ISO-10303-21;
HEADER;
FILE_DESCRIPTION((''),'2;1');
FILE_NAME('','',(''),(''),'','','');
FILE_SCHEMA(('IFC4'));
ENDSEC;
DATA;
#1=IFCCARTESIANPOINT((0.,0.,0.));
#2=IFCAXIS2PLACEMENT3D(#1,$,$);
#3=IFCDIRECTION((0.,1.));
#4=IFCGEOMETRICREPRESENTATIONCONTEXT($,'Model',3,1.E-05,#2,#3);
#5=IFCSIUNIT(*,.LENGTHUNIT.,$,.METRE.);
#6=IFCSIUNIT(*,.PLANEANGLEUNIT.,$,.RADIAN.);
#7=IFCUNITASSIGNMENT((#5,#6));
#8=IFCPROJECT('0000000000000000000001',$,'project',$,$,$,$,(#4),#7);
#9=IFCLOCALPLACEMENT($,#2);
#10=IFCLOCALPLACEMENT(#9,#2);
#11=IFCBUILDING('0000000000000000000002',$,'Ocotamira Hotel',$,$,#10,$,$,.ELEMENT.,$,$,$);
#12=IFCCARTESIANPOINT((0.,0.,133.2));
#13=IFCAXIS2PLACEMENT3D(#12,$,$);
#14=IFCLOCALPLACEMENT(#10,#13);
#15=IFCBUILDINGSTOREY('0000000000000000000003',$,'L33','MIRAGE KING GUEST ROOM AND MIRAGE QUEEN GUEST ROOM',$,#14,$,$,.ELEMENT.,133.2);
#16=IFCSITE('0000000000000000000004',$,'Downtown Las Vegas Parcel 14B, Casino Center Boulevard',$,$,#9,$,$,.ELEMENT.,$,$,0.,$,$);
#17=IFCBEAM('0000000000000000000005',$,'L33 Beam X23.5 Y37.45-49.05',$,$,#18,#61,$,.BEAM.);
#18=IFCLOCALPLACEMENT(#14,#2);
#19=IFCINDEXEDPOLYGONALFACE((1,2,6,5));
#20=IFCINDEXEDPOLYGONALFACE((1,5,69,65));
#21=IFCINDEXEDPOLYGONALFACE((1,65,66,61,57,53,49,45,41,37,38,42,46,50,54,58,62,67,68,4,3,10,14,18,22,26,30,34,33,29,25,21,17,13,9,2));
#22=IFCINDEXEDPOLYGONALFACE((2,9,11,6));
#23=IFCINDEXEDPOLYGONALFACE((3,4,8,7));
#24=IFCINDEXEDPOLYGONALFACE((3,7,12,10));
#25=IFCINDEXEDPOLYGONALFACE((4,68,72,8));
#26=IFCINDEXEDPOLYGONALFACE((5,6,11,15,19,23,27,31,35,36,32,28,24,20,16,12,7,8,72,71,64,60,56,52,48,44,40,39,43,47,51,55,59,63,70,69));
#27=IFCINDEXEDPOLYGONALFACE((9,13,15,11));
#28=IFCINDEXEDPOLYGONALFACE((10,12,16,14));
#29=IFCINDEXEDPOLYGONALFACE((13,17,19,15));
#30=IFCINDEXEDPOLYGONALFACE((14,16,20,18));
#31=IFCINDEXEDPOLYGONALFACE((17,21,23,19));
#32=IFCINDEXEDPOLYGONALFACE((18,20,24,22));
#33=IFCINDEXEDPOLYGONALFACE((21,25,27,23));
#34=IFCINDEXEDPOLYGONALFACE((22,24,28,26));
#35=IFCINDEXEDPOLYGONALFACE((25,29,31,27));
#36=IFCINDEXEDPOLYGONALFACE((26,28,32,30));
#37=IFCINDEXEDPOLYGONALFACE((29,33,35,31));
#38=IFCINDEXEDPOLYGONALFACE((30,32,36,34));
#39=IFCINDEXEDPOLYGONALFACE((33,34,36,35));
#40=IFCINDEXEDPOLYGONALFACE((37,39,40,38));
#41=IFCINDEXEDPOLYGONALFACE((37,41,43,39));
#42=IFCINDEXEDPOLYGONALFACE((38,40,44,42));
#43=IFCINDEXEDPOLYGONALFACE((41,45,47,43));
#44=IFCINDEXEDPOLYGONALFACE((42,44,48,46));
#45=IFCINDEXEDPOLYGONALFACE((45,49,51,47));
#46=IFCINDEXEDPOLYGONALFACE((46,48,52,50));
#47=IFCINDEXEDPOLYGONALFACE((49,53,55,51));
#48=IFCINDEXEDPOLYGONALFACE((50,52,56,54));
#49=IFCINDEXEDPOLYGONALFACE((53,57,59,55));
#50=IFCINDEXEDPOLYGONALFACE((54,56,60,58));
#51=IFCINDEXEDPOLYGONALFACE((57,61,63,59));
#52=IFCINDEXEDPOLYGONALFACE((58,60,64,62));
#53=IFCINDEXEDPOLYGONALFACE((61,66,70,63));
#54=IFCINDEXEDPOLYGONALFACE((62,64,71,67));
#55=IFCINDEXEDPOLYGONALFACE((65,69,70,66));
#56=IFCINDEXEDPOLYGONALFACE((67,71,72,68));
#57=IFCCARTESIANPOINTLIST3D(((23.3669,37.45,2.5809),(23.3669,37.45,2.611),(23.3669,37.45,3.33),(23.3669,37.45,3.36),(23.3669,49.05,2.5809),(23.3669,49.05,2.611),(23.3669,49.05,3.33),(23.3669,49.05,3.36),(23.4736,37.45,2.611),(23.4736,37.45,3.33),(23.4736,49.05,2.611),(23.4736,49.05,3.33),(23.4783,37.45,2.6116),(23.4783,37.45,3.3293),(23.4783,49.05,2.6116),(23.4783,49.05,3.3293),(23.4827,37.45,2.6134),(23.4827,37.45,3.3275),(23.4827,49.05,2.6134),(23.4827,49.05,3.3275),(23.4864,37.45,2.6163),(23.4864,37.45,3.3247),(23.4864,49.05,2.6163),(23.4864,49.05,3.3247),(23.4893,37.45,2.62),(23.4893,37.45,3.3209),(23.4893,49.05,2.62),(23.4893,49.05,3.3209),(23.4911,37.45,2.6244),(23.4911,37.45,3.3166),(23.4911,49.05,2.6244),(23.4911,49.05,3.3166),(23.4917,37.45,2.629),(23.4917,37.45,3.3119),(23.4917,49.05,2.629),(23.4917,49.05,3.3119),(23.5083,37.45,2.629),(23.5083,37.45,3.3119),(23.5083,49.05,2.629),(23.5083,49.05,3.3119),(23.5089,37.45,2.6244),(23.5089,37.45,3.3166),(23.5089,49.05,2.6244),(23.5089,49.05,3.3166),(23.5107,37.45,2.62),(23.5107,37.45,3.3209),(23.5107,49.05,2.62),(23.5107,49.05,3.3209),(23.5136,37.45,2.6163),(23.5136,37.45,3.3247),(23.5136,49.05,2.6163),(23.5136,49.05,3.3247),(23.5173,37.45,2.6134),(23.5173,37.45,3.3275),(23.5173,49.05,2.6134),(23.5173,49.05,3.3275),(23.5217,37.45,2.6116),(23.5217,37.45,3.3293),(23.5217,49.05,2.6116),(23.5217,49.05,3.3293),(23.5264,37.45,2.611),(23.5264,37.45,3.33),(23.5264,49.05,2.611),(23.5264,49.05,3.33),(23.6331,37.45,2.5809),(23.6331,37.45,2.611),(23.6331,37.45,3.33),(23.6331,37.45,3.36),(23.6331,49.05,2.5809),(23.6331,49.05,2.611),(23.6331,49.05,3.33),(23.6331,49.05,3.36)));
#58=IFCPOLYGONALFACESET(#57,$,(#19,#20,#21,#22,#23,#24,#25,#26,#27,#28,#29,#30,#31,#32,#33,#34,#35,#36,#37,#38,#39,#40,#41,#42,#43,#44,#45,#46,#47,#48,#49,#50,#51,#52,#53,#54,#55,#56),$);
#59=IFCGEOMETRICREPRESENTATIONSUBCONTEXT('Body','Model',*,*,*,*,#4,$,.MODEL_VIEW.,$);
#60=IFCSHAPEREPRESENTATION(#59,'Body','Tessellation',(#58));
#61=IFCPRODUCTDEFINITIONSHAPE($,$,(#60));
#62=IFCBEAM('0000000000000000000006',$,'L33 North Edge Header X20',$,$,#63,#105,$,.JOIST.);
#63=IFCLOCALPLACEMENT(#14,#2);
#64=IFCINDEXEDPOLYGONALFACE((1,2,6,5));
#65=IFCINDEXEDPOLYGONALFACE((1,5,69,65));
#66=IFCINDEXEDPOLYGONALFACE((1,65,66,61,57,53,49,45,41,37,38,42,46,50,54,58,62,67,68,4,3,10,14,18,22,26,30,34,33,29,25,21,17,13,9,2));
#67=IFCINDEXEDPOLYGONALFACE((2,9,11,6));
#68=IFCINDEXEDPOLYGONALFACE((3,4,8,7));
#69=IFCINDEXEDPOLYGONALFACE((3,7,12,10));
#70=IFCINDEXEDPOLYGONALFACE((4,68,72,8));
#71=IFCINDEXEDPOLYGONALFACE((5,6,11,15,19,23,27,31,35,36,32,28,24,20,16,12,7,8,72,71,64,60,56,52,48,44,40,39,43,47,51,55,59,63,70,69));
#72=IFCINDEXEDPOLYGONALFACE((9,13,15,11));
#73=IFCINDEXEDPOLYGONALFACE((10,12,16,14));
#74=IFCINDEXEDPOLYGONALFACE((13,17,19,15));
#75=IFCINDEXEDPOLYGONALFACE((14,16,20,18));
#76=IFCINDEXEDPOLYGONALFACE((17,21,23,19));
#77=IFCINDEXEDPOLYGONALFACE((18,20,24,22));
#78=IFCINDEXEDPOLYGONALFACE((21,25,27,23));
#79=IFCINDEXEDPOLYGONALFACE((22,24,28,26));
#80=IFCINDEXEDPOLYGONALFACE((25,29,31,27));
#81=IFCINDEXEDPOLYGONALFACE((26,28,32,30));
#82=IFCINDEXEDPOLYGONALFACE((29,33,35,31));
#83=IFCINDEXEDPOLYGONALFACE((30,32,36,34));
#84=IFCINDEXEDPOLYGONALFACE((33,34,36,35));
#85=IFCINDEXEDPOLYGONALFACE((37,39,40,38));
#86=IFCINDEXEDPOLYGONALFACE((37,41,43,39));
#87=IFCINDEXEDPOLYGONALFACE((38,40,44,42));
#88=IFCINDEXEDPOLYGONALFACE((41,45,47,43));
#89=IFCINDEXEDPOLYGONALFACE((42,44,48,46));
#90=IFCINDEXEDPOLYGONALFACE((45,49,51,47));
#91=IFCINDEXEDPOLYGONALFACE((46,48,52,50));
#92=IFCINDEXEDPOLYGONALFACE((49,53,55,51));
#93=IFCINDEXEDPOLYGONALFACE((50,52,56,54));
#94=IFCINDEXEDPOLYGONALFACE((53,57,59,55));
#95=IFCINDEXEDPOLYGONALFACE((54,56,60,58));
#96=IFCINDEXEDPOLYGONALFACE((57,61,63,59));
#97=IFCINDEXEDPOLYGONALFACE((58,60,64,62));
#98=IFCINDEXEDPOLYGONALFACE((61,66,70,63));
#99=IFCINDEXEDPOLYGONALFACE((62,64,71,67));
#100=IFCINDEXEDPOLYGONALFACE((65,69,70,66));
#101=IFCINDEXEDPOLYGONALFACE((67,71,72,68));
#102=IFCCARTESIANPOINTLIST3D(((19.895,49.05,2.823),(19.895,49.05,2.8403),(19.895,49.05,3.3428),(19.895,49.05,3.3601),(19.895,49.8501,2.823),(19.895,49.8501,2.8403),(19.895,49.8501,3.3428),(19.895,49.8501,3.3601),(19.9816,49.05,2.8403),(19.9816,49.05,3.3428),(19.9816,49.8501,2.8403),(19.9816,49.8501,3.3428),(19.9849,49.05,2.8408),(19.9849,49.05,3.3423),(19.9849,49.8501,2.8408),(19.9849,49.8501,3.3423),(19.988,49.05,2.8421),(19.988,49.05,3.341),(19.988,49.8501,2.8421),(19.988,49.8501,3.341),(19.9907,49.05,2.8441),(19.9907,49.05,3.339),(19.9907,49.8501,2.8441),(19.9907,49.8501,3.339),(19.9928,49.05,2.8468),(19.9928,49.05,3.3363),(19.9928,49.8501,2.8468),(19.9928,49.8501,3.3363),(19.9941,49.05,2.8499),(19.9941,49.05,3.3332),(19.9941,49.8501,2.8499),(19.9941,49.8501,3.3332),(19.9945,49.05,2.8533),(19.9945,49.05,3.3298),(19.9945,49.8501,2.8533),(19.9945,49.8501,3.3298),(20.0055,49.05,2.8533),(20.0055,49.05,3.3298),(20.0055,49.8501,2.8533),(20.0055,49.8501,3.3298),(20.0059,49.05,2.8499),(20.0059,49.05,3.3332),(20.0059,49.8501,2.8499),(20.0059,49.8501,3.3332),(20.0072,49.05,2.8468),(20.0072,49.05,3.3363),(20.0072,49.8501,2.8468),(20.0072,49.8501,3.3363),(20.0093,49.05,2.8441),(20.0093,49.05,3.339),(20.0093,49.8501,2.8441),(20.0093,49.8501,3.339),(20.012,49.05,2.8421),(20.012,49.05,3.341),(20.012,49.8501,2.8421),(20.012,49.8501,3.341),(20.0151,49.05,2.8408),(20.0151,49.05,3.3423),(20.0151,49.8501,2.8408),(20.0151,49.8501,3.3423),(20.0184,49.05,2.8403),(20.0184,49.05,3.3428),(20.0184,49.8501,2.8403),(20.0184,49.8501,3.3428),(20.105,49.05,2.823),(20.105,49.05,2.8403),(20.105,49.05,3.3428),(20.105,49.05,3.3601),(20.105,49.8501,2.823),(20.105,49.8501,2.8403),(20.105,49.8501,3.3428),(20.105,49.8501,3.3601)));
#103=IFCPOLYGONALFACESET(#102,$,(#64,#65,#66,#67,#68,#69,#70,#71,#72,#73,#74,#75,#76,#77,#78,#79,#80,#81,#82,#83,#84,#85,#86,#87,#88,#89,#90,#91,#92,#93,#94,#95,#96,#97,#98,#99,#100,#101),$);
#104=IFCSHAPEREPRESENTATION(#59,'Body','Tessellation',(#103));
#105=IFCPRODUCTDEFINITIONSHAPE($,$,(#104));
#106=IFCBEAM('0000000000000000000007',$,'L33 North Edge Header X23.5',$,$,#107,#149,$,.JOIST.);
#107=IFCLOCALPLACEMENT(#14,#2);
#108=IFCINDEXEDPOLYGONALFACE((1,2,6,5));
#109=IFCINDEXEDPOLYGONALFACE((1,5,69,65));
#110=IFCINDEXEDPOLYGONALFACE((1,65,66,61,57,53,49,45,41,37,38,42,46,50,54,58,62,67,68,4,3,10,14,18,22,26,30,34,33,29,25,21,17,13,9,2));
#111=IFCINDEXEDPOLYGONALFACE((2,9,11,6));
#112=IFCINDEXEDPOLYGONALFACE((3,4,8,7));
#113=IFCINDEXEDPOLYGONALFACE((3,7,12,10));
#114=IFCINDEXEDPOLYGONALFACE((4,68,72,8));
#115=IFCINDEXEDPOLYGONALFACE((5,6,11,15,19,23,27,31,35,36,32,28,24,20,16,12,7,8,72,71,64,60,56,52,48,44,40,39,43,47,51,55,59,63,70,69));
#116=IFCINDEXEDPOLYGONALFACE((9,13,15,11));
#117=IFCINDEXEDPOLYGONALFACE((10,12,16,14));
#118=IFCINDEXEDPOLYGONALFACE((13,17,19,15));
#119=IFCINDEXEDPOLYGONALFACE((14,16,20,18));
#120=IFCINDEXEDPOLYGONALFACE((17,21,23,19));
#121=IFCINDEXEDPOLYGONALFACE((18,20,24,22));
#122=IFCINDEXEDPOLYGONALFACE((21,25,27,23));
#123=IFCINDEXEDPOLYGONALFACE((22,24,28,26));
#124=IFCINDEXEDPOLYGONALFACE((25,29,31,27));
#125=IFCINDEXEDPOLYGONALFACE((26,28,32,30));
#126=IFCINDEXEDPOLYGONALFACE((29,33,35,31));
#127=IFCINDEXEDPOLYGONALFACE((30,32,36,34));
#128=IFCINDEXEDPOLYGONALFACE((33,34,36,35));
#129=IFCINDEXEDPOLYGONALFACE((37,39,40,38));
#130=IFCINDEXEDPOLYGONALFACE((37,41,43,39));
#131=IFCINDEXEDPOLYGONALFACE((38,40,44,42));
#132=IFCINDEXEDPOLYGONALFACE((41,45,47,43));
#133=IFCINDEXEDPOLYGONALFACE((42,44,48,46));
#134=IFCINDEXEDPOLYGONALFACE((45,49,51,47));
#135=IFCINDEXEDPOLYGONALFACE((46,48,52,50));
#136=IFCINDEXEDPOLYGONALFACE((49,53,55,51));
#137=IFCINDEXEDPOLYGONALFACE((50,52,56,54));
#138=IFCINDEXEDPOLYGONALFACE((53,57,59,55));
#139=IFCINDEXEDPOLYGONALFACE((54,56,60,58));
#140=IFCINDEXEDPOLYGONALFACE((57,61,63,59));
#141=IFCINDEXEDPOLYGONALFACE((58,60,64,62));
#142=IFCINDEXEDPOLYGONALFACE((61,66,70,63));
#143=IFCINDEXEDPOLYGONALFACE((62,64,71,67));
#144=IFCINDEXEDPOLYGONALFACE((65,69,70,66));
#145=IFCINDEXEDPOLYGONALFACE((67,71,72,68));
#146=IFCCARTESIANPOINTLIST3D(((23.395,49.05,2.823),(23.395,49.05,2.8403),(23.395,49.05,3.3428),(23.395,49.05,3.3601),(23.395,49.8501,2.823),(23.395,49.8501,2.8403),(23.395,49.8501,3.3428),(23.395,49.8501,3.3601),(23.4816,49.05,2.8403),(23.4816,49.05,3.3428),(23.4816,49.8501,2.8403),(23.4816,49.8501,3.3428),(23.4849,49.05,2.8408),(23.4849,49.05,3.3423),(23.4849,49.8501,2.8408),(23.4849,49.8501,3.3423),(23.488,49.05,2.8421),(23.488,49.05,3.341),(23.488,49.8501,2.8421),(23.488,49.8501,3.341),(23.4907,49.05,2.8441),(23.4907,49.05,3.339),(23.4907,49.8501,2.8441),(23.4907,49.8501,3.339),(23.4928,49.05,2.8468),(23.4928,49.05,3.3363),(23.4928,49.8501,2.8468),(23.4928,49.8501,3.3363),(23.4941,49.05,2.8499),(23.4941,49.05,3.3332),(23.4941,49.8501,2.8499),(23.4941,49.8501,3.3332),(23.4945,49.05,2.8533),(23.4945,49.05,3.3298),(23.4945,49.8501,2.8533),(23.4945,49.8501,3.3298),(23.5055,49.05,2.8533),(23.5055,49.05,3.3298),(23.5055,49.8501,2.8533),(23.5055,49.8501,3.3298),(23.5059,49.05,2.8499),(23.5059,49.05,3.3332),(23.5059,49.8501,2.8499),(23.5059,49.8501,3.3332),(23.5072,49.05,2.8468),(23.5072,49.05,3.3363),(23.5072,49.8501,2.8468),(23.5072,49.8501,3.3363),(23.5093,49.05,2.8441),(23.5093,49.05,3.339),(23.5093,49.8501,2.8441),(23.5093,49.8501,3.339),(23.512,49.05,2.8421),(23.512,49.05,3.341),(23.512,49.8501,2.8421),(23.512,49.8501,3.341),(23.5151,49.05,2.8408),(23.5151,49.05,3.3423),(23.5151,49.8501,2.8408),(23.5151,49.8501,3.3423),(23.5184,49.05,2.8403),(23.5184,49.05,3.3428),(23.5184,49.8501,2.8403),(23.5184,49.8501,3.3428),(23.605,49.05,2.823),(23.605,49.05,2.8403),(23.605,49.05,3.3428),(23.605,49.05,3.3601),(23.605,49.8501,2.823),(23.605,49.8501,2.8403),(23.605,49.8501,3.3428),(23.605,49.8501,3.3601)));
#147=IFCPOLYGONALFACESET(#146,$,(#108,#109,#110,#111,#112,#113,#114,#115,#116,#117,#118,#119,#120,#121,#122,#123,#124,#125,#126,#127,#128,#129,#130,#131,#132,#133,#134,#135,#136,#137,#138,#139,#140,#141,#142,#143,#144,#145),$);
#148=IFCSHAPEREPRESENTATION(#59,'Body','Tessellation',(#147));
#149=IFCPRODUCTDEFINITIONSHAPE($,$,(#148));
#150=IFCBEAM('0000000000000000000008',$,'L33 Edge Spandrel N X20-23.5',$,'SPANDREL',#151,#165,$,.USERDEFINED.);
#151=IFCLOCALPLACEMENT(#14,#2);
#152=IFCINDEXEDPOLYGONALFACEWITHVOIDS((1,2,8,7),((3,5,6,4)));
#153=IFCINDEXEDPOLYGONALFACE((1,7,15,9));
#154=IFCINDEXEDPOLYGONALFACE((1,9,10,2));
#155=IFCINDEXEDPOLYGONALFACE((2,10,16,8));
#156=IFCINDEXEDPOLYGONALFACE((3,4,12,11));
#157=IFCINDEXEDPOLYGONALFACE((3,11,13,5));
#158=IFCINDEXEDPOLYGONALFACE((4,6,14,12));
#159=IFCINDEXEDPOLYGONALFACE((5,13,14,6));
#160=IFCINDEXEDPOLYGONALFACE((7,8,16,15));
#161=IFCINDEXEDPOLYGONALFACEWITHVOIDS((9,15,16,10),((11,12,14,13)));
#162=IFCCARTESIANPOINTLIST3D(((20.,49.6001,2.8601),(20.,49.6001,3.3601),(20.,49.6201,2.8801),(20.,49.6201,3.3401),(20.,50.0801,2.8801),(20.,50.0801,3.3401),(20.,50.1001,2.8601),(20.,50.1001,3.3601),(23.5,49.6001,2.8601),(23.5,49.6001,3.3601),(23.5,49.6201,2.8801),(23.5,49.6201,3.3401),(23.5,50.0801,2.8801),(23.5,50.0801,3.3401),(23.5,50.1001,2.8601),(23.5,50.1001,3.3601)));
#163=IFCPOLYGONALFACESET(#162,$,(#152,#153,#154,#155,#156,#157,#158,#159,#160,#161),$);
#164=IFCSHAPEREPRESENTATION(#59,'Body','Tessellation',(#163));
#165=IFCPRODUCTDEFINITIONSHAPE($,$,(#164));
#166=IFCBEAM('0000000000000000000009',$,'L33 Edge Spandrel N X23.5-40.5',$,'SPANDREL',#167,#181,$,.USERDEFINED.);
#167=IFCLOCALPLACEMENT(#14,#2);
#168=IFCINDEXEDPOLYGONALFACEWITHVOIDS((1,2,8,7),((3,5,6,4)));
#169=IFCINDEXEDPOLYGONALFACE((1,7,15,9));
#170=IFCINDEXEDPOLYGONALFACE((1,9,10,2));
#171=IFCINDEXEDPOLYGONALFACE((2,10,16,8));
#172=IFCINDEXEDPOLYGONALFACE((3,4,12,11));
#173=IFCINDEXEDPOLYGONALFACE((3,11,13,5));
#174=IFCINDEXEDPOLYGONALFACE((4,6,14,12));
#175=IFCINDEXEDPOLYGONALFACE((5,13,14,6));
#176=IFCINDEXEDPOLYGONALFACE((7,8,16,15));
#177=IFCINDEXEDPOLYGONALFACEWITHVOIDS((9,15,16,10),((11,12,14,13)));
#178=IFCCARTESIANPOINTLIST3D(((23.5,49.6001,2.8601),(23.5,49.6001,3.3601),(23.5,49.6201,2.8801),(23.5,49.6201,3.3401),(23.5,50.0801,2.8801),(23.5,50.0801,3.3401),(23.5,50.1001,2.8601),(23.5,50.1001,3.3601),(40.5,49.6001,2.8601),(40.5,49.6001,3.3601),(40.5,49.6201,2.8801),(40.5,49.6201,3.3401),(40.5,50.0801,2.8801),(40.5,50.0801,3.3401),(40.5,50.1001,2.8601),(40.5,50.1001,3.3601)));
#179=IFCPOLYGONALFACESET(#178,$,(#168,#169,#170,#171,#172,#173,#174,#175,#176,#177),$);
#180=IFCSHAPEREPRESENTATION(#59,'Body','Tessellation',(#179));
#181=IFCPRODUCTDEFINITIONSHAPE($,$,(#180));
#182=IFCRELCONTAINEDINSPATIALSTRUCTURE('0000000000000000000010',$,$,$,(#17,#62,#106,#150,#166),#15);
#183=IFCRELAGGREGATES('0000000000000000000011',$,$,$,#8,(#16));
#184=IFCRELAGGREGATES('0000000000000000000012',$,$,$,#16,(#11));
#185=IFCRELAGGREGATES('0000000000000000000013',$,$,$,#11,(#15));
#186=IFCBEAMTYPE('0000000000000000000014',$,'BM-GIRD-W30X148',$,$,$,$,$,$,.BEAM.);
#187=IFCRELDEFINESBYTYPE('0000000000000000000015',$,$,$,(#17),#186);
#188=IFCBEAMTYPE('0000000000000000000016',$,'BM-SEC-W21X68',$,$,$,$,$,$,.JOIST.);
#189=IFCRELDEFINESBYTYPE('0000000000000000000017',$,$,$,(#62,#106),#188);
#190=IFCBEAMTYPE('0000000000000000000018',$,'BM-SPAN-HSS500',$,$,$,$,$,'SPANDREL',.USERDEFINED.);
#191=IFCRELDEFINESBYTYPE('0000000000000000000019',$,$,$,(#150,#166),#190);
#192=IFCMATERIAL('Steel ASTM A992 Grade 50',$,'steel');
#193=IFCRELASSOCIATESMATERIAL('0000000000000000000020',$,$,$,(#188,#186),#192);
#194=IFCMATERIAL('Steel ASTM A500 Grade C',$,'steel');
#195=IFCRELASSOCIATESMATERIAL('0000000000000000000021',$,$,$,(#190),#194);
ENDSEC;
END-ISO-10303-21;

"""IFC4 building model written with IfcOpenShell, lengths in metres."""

from ifc_helpers import new_model, si_unit, direction, frame, origin, origin_2d, place, context, subcontext, project, spatial, hollow_rectangle, i_section, extrude, source, transform, mapped, material, material_profile, profile_set, type_object, element, save


model = new_model("IFC4")

# Units and contexts
model_context = context("Model", 3, precision=1e-05, world=origin(), true_north=direction((0.0, 1.0)))
body_context = subcontext(model_context, "Body", "Model", "MODEL_VIEW")
ifc_project = project(units=[si_unit("LENGTHUNIT", "METRE"), si_unit("PLANEANGLEUNIT", "RADIAN")], contexts=[model_context])

# Site, building, storey
site_placement = place(None, origin())
site = spatial("IfcSite", under=ifc_project, at=site_placement, Name="Downtown Las Vegas Parcel 14B, Casino Center Boulevard", CompositionType="ELEMENT", RefElevation=0.0)
building_placement = place(site_placement, origin())
building = spatial("IfcBuilding", under=site, at=building_placement, Name="Ocotamira Hotel", CompositionType="ELEMENT")
storey_placement = place(building_placement, frame((0.0, 0.0, 133.2)))
storey = spatial("IfcBuildingStorey", under=building, at=storey_placement, Name="L33", Description="MIRAGE KING GUEST ROOM AND MIRAGE QUEEN GUEST ROOM", CompositionType="ELEMENT", Elevation=133.2)

# Beams
ifc_material_1 = material(Name="Steel ASTM A992 Grade 50", Category="steel")
ifc_material_profile_1 = material_profile(ifc_material_1, i_section(OverallWidth=0.21, OverallDepth=0.5371, WebThickness=0.011, FlangeThickness=0.0173, FilletRadius=0.0129, at=origin_2d()), Name="W21X68")
ifc_profile_set_1 = profile_set([ifc_material_profile_1], Name="Steel ASTM A992 Grade 50")
beam_type_1 = type_object("IfcBeamType", Name="BM-SEC-W21X68", PredefinedType="JOIST", material=ifc_profile_set_1)
ifc_material_profile_2 = material_profile(ifc_material_1, i_section(OverallWidth=0.2661, OverallDepth=0.7791, WebThickness=0.0166, FlangeThickness=0.03, FilletRadius=0.0181, at=origin_2d()), Name="W30X148")
ifc_profile_set_2 = profile_set([ifc_material_profile_2], Name="Steel ASTM A992 Grade 50")
beam_type_2 = type_object("IfcBeamType", Name="BM-GIRD-W30X148", PredefinedType="BEAM", material=ifc_profile_set_2)
shared_shape_1 = source(origin(), body_context, "Body", "SweptSolid", [
    extrude(i_section(OverallWidth=0.2661, OverallDepth=0.7791, WebThickness=0.0166, FlangeThickness=0.03, FilletRadius=0.0181, at=origin_2d()), origin(), (0.0, 0.0, 1.0), 11.6001),
])
beam_1_placement = place(storey_placement, frame((23.5, 37.45, 2.9705), z_axis=(0.0, 1.0, 0.0), x_axis=(-1.0, 0.0, 0.0)))
element("IfcBeam", 1, at=beam_1_placement, inside=storey, type_object=beam_type_2, Name="L33 Beam X23.5 Y37.45-49.05", PredefinedType="BEAM", context=body_context, shape_type="MappedRepresentation", body=[
    mapped(shared_shape_1, transform((0.0, 0.0, 0.0), scale=1.0)),
])
shared_shape_2 = source(origin(), body_context, "Body", "SweptSolid", [
    extrude(i_section(OverallWidth=0.21, OverallDepth=0.5371, WebThickness=0.011, FlangeThickness=0.0173, FilletRadius=0.0129, at=origin_2d()), origin(), (0.0, 0.0, 1.0), 0.8),
])
for number, where, z_axis, x_axis, name in (
    (2, (20.0, 49.05, 3.0916), (0.0, 1.0, 0.0), (-1.0, 0.0, 0.0), "L33 North Edge Header X20"),
    (3, (23.5, 49.05, 3.0916), (0.0, 1.0, 0.0), (-1.0, 0.0, 0.0), "L33 North Edge Header X23.5"),
):
    element("IfcBeam", number, at=place(storey_placement, frame(where, z_axis=z_axis, x_axis=x_axis)), inside=storey, type_object=beam_type_1, Name=name, PredefinedType="JOIST", context=body_context, shape_type="MappedRepresentation", body=[
        mapped(shared_shape_2, transform((0.0, 0.0, 0.0), scale=1.0)),
    ])
ifc_material_2 = material(Name="Steel ASTM A500 Grade C", Category="steel")
ifc_material_profile_3 = material_profile(ifc_material_2, hollow_rectangle(XDim=0.5, YDim=0.5, WallThickness=0.02, at=origin_2d()), Name="HSS500X500X20")
ifc_profile_set_3 = profile_set([ifc_material_profile_3], Name="Steel ASTM A500 Grade C")
beam_type_3 = type_object("IfcBeamType", Name="BM-SPAN-HSS500", ElementType="SPANDREL", PredefinedType="USERDEFINED", material=ifc_profile_set_3)
shared_shape_3 = source(origin(), body_context, "Body", "SweptSolid", [
    extrude(hollow_rectangle(XDim=0.5, YDim=0.5, WallThickness=0.02, at=origin_2d()), origin(), (0.0, 0.0, 1.0), 3.5),
])
beam_2_placement = place(storey_placement, frame((20.0, 49.8501, 3.1101), z_axis=(1.0, 0.0, 0.0), x_axis=(0.0, 1.0, 0.0)))
element("IfcBeam", 4, at=beam_2_placement, inside=storey, type_object=beam_type_3, Name="L33 Edge Spandrel N X20-23.5", ObjectType="SPANDREL", PredefinedType="USERDEFINED", context=body_context, shape_type="MappedRepresentation", body=[
    mapped(shared_shape_3, transform((0.0, 0.0, 0.0), scale=1.0)),
])
shared_shape_4 = source(origin(), body_context, "Body", "SweptSolid", [
    extrude(hollow_rectangle(XDim=0.5, YDim=0.5, WallThickness=0.02, at=origin_2d()), origin(), (0.0, 0.0, 1.0), 17.0),
])
beam_3_placement = place(storey_placement, frame((23.5, 49.8501, 3.1101), z_axis=(1.0, 0.0, 0.0), x_axis=(0.0, 1.0, 0.0)))
element("IfcBeam", 5, at=beam_3_placement, inside=storey, type_object=beam_type_3, Name="L33 Edge Spandrel N X23.5-40.5", ObjectType="SPANDREL", PredefinedType="USERDEFINED", context=body_context, shape_type="MappedRepresentation", body=[
    mapped(shared_shape_4, transform((0.0, 0.0, 0.0), scale=1.0)),
])

save(model, "model.ifc")
